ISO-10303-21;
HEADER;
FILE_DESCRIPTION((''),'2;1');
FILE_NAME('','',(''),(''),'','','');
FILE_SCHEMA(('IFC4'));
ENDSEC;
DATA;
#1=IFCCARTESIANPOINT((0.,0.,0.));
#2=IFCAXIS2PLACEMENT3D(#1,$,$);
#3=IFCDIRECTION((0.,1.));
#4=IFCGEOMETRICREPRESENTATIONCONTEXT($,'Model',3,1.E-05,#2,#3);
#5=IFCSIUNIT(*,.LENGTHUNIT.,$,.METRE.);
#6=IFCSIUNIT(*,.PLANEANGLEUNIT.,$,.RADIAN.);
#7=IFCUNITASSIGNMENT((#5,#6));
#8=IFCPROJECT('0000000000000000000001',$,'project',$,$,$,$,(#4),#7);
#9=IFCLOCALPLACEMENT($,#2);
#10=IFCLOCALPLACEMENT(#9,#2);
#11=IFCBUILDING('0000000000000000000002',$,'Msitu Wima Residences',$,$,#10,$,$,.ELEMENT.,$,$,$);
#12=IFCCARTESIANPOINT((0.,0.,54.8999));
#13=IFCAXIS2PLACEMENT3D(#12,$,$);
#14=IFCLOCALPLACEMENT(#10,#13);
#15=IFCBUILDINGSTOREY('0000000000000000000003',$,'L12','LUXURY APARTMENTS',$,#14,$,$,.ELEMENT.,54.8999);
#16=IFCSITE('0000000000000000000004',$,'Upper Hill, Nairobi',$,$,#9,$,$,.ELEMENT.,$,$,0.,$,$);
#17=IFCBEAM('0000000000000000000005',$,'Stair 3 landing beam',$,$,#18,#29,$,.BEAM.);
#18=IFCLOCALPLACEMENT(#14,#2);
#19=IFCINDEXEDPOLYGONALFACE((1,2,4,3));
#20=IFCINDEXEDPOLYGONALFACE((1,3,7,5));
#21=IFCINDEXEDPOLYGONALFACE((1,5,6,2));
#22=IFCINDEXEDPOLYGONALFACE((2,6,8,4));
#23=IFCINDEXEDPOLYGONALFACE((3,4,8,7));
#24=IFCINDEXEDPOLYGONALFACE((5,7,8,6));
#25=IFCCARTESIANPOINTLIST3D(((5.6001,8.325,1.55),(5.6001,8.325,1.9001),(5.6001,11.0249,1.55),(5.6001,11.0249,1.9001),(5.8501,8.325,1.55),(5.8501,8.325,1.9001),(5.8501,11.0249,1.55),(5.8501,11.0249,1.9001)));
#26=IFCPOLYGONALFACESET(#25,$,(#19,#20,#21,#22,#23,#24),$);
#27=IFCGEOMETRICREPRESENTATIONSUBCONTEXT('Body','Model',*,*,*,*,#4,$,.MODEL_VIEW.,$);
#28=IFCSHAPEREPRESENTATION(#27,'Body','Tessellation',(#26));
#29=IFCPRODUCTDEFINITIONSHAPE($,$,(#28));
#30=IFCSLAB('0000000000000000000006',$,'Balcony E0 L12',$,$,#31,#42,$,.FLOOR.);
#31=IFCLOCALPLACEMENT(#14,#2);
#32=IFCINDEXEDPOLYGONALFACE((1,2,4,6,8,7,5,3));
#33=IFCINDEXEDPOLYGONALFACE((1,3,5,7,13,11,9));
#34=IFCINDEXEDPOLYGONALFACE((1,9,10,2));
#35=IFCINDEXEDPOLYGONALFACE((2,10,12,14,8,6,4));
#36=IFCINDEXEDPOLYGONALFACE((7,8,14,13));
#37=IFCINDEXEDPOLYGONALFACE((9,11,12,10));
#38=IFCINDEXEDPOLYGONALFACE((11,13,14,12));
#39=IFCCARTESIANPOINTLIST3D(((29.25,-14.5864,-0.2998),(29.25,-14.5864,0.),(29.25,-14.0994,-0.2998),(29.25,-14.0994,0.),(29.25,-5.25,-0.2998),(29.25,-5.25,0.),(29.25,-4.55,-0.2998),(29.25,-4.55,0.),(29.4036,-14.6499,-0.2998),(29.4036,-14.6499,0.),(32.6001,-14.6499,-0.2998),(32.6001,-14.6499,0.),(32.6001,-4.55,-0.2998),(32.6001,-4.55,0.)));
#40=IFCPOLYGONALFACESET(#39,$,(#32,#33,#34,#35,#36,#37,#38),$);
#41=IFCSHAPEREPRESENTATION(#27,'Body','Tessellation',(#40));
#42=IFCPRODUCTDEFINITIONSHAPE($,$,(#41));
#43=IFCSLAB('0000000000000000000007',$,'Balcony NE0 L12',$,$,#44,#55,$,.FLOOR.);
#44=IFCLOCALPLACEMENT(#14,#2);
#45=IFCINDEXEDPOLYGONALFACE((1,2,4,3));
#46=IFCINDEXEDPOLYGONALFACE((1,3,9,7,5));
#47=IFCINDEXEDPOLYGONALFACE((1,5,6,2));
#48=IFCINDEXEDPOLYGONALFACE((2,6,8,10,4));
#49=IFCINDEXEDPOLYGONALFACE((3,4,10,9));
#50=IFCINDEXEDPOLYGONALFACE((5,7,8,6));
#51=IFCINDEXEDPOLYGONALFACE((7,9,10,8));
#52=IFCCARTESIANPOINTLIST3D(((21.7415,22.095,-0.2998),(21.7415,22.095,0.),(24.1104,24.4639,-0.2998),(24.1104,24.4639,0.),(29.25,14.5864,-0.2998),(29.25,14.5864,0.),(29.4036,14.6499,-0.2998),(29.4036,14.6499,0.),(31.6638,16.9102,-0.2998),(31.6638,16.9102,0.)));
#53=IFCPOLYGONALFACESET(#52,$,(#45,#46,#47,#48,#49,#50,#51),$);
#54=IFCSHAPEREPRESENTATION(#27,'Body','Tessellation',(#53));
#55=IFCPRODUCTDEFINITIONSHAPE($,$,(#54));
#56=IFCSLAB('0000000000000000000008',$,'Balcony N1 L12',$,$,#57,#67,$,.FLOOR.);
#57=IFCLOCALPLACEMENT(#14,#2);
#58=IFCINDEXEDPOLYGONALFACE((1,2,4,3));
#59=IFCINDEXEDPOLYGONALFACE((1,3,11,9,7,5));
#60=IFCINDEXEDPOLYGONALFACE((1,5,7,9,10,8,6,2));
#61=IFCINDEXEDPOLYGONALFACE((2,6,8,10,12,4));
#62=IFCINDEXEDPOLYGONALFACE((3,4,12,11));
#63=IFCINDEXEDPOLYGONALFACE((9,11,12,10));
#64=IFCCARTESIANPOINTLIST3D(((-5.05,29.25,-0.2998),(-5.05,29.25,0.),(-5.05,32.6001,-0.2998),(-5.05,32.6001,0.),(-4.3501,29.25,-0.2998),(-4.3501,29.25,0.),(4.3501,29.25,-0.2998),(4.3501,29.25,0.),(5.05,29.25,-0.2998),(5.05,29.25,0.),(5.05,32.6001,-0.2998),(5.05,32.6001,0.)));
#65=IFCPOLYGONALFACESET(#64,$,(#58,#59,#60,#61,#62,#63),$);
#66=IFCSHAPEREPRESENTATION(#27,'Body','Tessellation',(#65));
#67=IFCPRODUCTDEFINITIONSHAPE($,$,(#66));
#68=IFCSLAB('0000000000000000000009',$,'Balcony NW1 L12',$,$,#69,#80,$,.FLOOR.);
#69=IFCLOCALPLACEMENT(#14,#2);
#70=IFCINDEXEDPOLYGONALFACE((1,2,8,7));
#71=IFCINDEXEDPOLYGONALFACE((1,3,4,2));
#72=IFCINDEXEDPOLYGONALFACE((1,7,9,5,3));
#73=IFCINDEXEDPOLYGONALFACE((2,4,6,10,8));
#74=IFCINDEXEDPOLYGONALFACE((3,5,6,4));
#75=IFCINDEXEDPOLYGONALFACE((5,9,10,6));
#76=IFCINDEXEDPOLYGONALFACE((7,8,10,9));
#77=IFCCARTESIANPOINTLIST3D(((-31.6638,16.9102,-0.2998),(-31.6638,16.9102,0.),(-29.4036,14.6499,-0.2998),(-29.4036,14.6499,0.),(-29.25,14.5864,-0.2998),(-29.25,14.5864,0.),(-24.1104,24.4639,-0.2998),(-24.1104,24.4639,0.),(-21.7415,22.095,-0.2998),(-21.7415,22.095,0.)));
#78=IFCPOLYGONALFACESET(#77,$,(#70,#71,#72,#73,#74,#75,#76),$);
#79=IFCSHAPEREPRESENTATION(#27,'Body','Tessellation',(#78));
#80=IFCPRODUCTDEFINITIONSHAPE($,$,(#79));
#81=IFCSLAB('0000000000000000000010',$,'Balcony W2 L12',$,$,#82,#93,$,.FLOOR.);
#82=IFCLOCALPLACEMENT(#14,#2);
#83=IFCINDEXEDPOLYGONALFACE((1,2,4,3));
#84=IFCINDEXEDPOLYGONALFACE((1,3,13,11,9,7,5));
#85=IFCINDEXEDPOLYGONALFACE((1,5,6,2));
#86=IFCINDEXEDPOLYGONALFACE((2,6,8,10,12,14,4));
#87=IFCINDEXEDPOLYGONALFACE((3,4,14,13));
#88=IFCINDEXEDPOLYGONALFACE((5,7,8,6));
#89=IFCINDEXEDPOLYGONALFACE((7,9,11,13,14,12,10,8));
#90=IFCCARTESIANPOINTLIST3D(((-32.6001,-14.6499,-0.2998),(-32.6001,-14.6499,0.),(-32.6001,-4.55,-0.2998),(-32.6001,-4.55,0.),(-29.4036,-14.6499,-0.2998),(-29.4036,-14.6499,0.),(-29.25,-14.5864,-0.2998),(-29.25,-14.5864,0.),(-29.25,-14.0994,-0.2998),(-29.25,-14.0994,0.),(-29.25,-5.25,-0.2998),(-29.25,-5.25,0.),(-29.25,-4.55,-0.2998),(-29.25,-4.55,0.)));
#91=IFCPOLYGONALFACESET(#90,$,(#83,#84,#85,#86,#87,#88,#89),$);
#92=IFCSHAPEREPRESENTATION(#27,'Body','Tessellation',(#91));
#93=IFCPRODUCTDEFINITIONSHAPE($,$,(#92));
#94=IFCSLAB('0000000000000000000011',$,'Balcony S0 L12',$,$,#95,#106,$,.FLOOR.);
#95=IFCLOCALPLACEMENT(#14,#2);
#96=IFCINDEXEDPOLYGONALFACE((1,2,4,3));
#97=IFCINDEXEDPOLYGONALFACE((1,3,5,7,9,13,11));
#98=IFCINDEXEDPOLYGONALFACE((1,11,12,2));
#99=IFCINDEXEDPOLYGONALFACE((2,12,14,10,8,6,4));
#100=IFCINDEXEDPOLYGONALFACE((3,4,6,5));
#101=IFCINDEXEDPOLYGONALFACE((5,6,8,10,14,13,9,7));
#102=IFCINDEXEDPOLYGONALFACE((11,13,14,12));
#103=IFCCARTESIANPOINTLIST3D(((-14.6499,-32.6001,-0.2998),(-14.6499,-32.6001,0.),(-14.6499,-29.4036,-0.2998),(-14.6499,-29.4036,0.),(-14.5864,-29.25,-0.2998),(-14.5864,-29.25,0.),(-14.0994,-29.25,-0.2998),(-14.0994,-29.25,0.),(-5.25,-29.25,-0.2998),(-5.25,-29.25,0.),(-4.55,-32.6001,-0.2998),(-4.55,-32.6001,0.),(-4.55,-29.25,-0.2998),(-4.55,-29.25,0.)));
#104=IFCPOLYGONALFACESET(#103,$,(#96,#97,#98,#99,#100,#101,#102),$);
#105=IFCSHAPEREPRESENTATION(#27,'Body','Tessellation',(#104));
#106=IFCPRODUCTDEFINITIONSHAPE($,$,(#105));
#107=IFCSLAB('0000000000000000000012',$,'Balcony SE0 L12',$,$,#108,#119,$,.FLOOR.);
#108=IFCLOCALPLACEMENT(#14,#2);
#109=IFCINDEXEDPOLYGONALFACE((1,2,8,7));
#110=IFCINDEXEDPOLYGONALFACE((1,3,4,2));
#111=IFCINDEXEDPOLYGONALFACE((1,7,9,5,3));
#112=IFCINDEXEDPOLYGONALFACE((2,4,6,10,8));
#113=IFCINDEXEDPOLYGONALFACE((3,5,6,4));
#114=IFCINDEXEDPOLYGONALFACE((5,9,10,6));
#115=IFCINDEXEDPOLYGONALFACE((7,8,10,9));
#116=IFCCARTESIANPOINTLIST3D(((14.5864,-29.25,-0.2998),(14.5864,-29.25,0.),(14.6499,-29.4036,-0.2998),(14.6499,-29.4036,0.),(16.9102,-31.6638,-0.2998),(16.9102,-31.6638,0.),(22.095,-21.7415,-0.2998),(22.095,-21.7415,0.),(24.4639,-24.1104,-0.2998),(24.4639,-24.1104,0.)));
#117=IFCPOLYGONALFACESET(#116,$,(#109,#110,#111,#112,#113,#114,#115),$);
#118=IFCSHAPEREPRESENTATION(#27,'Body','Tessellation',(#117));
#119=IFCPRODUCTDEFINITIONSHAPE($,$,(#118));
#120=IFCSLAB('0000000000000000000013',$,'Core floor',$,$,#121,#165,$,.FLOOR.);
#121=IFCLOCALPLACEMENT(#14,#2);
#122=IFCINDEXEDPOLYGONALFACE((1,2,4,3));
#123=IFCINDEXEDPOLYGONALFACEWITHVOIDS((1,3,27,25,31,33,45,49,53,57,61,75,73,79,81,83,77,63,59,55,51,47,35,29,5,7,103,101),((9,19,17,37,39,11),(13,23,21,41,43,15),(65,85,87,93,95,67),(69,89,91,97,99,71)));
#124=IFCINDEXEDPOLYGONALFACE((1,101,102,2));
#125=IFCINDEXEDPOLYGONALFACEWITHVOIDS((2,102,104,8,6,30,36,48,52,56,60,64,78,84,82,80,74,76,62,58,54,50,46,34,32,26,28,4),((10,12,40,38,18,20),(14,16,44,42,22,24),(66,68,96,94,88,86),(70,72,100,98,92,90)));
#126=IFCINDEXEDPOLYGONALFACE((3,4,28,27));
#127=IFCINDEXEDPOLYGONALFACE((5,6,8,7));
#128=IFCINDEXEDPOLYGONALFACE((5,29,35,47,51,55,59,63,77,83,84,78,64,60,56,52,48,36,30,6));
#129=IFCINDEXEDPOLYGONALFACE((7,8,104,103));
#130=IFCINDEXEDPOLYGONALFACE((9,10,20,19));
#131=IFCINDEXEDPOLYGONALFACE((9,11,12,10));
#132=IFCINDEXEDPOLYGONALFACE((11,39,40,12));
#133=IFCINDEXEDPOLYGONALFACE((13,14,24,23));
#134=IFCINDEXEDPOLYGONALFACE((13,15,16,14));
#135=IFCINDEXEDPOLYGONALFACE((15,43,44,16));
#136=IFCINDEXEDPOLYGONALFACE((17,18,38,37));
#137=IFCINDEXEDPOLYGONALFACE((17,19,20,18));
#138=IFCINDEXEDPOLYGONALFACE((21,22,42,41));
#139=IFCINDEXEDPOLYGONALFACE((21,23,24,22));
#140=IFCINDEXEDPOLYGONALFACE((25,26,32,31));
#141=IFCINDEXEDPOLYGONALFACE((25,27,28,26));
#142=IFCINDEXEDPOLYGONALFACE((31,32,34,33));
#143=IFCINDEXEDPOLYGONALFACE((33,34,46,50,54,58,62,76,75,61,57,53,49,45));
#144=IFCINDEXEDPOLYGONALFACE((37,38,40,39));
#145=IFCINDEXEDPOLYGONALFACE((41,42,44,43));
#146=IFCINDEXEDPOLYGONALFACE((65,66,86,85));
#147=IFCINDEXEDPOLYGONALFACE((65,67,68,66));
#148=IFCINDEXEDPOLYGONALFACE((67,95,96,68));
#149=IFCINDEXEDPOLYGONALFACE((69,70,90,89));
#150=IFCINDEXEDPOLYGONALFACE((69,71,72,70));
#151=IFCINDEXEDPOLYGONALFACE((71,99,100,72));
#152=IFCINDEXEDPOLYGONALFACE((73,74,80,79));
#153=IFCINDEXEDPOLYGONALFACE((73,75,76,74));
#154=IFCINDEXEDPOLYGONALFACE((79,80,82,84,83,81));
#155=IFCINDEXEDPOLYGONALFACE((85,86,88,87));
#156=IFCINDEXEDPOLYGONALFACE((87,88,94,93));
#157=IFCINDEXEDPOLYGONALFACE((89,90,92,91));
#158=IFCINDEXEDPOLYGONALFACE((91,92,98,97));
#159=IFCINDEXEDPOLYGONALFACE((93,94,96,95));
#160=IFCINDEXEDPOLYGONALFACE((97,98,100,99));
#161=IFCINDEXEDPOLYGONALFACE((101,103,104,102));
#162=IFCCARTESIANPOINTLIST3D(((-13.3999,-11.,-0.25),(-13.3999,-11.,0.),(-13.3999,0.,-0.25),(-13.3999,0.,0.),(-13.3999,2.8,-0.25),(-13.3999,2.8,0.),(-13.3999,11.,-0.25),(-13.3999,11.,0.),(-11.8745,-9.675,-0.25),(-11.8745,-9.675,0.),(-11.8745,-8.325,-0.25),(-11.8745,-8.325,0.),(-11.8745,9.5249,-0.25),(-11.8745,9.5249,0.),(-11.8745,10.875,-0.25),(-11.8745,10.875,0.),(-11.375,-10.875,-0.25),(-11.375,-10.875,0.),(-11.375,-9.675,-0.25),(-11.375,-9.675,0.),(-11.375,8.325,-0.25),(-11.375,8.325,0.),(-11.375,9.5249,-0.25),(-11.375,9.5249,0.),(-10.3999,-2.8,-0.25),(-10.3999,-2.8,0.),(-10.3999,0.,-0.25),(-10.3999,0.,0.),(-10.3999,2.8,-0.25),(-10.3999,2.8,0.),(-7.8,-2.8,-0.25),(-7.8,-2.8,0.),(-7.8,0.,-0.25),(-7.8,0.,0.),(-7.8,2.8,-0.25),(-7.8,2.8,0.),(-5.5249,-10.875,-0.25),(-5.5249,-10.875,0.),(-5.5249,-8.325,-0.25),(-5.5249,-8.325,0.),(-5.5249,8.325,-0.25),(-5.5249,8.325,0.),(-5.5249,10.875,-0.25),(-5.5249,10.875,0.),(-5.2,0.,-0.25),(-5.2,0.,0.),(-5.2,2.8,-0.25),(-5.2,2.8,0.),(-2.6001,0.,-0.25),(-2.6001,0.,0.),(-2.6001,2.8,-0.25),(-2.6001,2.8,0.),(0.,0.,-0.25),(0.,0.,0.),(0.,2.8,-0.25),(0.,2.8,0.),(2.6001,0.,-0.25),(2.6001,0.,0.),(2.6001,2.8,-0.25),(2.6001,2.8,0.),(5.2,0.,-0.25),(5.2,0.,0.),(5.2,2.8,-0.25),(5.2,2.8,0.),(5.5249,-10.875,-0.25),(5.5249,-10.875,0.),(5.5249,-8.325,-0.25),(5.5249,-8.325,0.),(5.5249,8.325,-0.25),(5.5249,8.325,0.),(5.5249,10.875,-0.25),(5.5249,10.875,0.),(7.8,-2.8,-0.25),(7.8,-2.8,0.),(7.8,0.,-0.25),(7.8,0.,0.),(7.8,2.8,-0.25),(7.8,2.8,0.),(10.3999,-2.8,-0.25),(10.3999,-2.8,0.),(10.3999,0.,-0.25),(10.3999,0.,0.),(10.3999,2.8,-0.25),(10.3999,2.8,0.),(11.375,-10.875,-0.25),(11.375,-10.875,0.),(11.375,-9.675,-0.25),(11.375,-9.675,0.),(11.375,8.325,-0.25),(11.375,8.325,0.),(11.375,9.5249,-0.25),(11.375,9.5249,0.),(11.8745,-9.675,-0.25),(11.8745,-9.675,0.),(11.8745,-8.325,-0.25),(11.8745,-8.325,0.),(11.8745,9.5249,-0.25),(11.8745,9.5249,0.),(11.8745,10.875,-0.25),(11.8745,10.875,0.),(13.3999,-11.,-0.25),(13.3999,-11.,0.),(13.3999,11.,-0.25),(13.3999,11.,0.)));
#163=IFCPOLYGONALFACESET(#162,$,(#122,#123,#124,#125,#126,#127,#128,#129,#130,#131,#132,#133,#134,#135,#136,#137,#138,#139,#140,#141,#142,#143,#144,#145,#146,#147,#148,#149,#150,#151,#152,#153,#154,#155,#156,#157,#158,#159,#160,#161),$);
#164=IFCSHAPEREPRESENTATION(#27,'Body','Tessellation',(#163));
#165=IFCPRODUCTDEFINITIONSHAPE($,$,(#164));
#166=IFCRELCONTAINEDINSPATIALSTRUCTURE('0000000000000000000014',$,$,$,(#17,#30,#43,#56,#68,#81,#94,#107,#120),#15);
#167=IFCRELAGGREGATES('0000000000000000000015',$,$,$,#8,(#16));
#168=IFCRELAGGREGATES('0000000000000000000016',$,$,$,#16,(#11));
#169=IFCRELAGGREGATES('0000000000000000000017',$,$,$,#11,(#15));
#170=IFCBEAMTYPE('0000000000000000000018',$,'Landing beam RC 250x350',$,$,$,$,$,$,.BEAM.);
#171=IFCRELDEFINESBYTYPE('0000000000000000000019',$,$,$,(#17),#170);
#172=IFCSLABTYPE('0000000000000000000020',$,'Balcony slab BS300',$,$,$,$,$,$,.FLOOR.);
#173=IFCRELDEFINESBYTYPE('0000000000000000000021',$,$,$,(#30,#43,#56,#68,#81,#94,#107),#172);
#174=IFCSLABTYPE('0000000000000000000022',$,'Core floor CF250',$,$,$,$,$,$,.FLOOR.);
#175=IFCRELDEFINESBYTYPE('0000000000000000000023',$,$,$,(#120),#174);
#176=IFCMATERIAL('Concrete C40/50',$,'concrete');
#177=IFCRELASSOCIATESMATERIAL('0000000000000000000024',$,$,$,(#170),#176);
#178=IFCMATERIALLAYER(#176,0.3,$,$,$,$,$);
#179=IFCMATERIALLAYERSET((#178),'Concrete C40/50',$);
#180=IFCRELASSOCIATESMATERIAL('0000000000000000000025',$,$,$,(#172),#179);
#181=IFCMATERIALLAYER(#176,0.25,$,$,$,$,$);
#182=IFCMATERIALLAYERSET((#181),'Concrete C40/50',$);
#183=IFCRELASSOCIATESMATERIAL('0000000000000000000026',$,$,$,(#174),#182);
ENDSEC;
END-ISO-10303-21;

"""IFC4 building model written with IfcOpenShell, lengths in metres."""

from ifc_helpers import new_model, si_unit, direction, frame, origin, origin_2d, place, context, subcontext, project, spatial, polyline, rectangle, outline, extrude, material, layer, layer_set, material_profile, profile_set, type_object, element, save


model = new_model("IFC4")

# Units and contexts
model_context = context("Model", 3, precision=1e-05, world=origin(), true_north=direction((0.0, 1.0)))
body_context = subcontext(model_context, "Body", "Model", "MODEL_VIEW")
ifc_project = project(units=[si_unit("LENGTHUNIT", "METRE"), si_unit("PLANEANGLEUNIT", "RADIAN")], contexts=[model_context])

# Site, building, storey
site_placement = place(None, origin())
site = spatial("IfcSite", under=ifc_project, at=site_placement, Name="Upper Hill, Nairobi", CompositionType="ELEMENT", RefElevation=0.0)
building_placement = place(site_placement, origin())
building = spatial("IfcBuilding", under=site, at=building_placement, Name="Msitu Wima Residences", CompositionType="ELEMENT")
storey_placement = place(building_placement, frame((0.0, 0.0, 54.8999)))
storey = spatial("IfcBuildingStorey", under=building, at=storey_placement, Name="L12", Description="LUXURY APARTMENTS", CompositionType="ELEMENT", Elevation=54.8999)

# Beam
ifc_material_1 = material(Name="Concrete C40/50", Category="concrete")
ifc_material_profile = material_profile(ifc_material_1, rectangle(XDim=0.25, YDim=0.3501, at=origin_2d()), Name="RC 250x350")
ifc_profile_set = profile_set([ifc_material_profile], Name="Concrete C40/50")
beam_type = type_object("IfcBeamType", Name="Landing beam RC 250x350", PredefinedType="BEAM", material=ifc_profile_set)
beam_placement = place(storey_placement, frame((5.7251, 8.325, 1.7251), z_axis=(0.0, 1.0, 0.0), x_axis=(-1.0, 0.0, 0.0)))
element("IfcBeam", 1, at=beam_placement, inside=storey, type_object=beam_type, Name="Stair 3 landing beam", PredefinedType="BEAM", context=body_context, shape_type="SweptSolid", body=[
    extrude(rectangle(XDim=0.25, YDim=0.3501, at=origin_2d()), origin(), (0.0, 0.0, 1.0), 2.7),
])

# Slabs
ifc_layer_1 = layer(ifc_material_1, 0.3)
ifc_layer_set_1 = layer_set([ifc_layer_1], Name="Concrete C40/50")
slab_type_1 = type_object("IfcSlabType", Name="Balcony slab BS300", PredefinedType="FLOOR", material=ifc_layer_set_1)
slab_1_placement = place(storey_placement, frame((0.0, 0.0, -0.2998)))
element("IfcSlab", 2, at=slab_1_placement, inside=storey, type_object=slab_type_1, Name="Balcony E0 L12", PredefinedType="FLOOR", context=body_context, shape_type="SweptSolid", body=[
    extrude(outline(polyline([(29.25, -14.0994), (29.25, -14.0994), (29.25, -5.25), (29.25, -4.55), (32.6001, -4.55), (32.6001, -14.6499), (29.4036, -14.6499), (29.25, -14.5864), (29.25, -14.0994), (29.25, -14.0994)])), origin(), (0.0, 0.0, 1.0), 0.2998),
])
slab_2_placement = place(storey_placement, frame((0.0, 0.0, -0.2998)))
element("IfcSlab", 3, at=slab_2_placement, inside=storey, type_object=slab_type_1, Name="Balcony NE0 L12", PredefinedType="FLOOR", context=body_context, shape_type="SweptSolid", body=[
    extrude(outline(polyline([(24.1104, 24.4639), (31.6638, 16.9102), (29.4036, 14.6499), (29.25, 14.5864), (21.7415, 22.095), (24.1104, 24.4639)])), origin(), (0.0, 0.0, 1.0), 0.2998),
])
slab_3_placement = place(storey_placement, frame((0.0, 0.0, -0.2998)))
element("IfcSlab", 4, at=slab_3_placement, inside=storey, type_object=slab_type_1, Name="Balcony N1 L12", PredefinedType="FLOOR", context=body_context, shape_type="SweptSolid", body=[
    extrude(outline(polyline([(4.3501, 29.25), (-4.3501, 29.25), (-5.05, 29.25), (-5.05, 32.6001), (5.05, 32.6001), (5.05, 29.25), (4.3501, 29.25)])), origin(), (0.0, 0.0, 1.0), 0.2998),
])
slab_4_placement = place(storey_placement, frame((0.0, 0.0, -0.2998)))
element("IfcSlab", 5, at=slab_4_placement, inside=storey, type_object=slab_type_1, Name="Balcony NW1 L12", PredefinedType="FLOOR", context=body_context, shape_type="SweptSolid", body=[
    extrude(outline(polyline([(-31.6638, 16.9102), (-24.1104, 24.4639), (-21.7415, 22.095), (-29.25, 14.5864), (-29.4036, 14.6499), (-31.6638, 16.9102)])), origin(), (0.0, 0.0, 1.0), 0.2998),
])
slab_5_placement = place(storey_placement, frame((0.0, 0.0, -0.2998)))
element("IfcSlab", 6, at=slab_5_placement, inside=storey, type_object=slab_type_1, Name="Balcony W2 L12", PredefinedType="FLOOR", context=body_context, shape_type="SweptSolid", body=[
    extrude(outline(polyline([(-29.25, -14.0994), (-29.25, -14.0994), (-29.25, -14.0994), (-29.25, -14.5864), (-29.4036, -14.6499), (-32.6001, -14.6499), (-32.6001, -4.55), (-29.25, -4.55), (-29.25, -5.25), (-29.25, -14.0994)])), origin(), (0.0, 0.0, 1.0), 0.2998),
])
slab_6_placement = place(storey_placement, frame((0.0, 0.0, -0.2998)))
element("IfcSlab", 7, at=slab_6_placement, inside=storey, type_object=slab_type_1, Name="Balcony S0 L12", PredefinedType="FLOOR", context=body_context, shape_type="SweptSolid", body=[
    extrude(outline(polyline([(-14.0994, -29.25), (-14.0994, -29.25), (-5.25, -29.25), (-4.55, -29.25), (-4.55, -32.6001), (-14.6499, -32.6001), (-14.6499, -29.4036), (-14.5864, -29.25), (-14.0994, -29.25), (-14.0994, -29.25)])), origin(), (0.0, 0.0, 1.0), 0.2998),
])
slab_7_placement = place(storey_placement, frame((0.0, 0.0, -0.2998)))
element("IfcSlab", 8, at=slab_7_placement, inside=storey, type_object=slab_type_1, Name="Balcony SE0 L12", PredefinedType="FLOOR", context=body_context, shape_type="SweptSolid", body=[
    extrude(outline(polyline([(24.4639, -24.1104), (16.9102, -31.6638), (14.6499, -29.4036), (14.5864, -29.25), (22.095, -21.7415), (24.4639, -24.1104)])), origin(), (0.0, 0.0, 1.0), 0.2998),
])
ifc_layer_2 = layer(ifc_material_1, 0.25)
ifc_layer_set_2 = layer_set([ifc_layer_2], Name="Concrete C40/50")
slab_type_2 = type_object("IfcSlabType", Name="Core floor CF250", PredefinedType="FLOOR", material=ifc_layer_set_2)
slab_8_placement = place(storey_placement, frame((0.0, 0.0, -0.25)))
element("IfcSlab", 9, at=slab_8_placement, inside=storey, type_object=slab_type_2, Name="Core floor", PredefinedType="FLOOR", context=body_context, shape_type="SweptSolid", body=[
    extrude(outline(polyline([(-13.3999, 11.0), (-13.3999, 2.8), (-10.3999, 2.8), (-7.8, 2.8), (-5.2, 2.8), (-2.6001, 2.8), (0.0, 2.8), (2.6001, 2.8), (5.2, 2.8), (7.8, 2.8), (10.3999, 2.8), (10.3999, 0.0), (10.3999, -2.8), (7.8, -2.8), (7.8, 0.0), (5.2, 0.0), (2.6001, 0.0), (0.0, 0.0), (-2.6001, 0.0), (-5.2, 0.0), (-7.8, 0.0), (-7.8, -2.8), (-10.3999, -2.8), (-10.3999, 0.0), (-13.3999, 0.0), (-13.3999, -11.0), (13.3999, -11.0), (13.3999, 11.0), (-13.3999, 11.0)]), holes=[polyline([(-11.375, -10.875), (-11.375, -9.675), (-11.8745, -9.675), (-11.8745, -8.325), (-5.5249, -8.325), (-5.5249, -10.875), (-11.375, -10.875)]), polyline([(-11.375, 9.5249), (-11.8745, 9.5249), (-11.8745, 10.875), (-5.5249, 10.875), (-5.5249, 8.325), (-11.375, 8.325), (-11.375, 9.5249)]), polyline([(11.375, -9.675), (11.375, -10.875), (5.5249, -10.875), (5.5249, -8.325), (11.8745, -8.325), (11.8745, -9.675), (11.375, -9.675)]), polyline([(11.375, 9.5249), (11.375, 8.325), (5.5249, 8.325), (5.5249, 10.875), (11.8745, 10.875), (11.8745, 9.5249), (11.375, 9.5249)])]), origin(), (0.0, 0.0, 1.0), 0.25),
])

save(model, "model.ifc")
